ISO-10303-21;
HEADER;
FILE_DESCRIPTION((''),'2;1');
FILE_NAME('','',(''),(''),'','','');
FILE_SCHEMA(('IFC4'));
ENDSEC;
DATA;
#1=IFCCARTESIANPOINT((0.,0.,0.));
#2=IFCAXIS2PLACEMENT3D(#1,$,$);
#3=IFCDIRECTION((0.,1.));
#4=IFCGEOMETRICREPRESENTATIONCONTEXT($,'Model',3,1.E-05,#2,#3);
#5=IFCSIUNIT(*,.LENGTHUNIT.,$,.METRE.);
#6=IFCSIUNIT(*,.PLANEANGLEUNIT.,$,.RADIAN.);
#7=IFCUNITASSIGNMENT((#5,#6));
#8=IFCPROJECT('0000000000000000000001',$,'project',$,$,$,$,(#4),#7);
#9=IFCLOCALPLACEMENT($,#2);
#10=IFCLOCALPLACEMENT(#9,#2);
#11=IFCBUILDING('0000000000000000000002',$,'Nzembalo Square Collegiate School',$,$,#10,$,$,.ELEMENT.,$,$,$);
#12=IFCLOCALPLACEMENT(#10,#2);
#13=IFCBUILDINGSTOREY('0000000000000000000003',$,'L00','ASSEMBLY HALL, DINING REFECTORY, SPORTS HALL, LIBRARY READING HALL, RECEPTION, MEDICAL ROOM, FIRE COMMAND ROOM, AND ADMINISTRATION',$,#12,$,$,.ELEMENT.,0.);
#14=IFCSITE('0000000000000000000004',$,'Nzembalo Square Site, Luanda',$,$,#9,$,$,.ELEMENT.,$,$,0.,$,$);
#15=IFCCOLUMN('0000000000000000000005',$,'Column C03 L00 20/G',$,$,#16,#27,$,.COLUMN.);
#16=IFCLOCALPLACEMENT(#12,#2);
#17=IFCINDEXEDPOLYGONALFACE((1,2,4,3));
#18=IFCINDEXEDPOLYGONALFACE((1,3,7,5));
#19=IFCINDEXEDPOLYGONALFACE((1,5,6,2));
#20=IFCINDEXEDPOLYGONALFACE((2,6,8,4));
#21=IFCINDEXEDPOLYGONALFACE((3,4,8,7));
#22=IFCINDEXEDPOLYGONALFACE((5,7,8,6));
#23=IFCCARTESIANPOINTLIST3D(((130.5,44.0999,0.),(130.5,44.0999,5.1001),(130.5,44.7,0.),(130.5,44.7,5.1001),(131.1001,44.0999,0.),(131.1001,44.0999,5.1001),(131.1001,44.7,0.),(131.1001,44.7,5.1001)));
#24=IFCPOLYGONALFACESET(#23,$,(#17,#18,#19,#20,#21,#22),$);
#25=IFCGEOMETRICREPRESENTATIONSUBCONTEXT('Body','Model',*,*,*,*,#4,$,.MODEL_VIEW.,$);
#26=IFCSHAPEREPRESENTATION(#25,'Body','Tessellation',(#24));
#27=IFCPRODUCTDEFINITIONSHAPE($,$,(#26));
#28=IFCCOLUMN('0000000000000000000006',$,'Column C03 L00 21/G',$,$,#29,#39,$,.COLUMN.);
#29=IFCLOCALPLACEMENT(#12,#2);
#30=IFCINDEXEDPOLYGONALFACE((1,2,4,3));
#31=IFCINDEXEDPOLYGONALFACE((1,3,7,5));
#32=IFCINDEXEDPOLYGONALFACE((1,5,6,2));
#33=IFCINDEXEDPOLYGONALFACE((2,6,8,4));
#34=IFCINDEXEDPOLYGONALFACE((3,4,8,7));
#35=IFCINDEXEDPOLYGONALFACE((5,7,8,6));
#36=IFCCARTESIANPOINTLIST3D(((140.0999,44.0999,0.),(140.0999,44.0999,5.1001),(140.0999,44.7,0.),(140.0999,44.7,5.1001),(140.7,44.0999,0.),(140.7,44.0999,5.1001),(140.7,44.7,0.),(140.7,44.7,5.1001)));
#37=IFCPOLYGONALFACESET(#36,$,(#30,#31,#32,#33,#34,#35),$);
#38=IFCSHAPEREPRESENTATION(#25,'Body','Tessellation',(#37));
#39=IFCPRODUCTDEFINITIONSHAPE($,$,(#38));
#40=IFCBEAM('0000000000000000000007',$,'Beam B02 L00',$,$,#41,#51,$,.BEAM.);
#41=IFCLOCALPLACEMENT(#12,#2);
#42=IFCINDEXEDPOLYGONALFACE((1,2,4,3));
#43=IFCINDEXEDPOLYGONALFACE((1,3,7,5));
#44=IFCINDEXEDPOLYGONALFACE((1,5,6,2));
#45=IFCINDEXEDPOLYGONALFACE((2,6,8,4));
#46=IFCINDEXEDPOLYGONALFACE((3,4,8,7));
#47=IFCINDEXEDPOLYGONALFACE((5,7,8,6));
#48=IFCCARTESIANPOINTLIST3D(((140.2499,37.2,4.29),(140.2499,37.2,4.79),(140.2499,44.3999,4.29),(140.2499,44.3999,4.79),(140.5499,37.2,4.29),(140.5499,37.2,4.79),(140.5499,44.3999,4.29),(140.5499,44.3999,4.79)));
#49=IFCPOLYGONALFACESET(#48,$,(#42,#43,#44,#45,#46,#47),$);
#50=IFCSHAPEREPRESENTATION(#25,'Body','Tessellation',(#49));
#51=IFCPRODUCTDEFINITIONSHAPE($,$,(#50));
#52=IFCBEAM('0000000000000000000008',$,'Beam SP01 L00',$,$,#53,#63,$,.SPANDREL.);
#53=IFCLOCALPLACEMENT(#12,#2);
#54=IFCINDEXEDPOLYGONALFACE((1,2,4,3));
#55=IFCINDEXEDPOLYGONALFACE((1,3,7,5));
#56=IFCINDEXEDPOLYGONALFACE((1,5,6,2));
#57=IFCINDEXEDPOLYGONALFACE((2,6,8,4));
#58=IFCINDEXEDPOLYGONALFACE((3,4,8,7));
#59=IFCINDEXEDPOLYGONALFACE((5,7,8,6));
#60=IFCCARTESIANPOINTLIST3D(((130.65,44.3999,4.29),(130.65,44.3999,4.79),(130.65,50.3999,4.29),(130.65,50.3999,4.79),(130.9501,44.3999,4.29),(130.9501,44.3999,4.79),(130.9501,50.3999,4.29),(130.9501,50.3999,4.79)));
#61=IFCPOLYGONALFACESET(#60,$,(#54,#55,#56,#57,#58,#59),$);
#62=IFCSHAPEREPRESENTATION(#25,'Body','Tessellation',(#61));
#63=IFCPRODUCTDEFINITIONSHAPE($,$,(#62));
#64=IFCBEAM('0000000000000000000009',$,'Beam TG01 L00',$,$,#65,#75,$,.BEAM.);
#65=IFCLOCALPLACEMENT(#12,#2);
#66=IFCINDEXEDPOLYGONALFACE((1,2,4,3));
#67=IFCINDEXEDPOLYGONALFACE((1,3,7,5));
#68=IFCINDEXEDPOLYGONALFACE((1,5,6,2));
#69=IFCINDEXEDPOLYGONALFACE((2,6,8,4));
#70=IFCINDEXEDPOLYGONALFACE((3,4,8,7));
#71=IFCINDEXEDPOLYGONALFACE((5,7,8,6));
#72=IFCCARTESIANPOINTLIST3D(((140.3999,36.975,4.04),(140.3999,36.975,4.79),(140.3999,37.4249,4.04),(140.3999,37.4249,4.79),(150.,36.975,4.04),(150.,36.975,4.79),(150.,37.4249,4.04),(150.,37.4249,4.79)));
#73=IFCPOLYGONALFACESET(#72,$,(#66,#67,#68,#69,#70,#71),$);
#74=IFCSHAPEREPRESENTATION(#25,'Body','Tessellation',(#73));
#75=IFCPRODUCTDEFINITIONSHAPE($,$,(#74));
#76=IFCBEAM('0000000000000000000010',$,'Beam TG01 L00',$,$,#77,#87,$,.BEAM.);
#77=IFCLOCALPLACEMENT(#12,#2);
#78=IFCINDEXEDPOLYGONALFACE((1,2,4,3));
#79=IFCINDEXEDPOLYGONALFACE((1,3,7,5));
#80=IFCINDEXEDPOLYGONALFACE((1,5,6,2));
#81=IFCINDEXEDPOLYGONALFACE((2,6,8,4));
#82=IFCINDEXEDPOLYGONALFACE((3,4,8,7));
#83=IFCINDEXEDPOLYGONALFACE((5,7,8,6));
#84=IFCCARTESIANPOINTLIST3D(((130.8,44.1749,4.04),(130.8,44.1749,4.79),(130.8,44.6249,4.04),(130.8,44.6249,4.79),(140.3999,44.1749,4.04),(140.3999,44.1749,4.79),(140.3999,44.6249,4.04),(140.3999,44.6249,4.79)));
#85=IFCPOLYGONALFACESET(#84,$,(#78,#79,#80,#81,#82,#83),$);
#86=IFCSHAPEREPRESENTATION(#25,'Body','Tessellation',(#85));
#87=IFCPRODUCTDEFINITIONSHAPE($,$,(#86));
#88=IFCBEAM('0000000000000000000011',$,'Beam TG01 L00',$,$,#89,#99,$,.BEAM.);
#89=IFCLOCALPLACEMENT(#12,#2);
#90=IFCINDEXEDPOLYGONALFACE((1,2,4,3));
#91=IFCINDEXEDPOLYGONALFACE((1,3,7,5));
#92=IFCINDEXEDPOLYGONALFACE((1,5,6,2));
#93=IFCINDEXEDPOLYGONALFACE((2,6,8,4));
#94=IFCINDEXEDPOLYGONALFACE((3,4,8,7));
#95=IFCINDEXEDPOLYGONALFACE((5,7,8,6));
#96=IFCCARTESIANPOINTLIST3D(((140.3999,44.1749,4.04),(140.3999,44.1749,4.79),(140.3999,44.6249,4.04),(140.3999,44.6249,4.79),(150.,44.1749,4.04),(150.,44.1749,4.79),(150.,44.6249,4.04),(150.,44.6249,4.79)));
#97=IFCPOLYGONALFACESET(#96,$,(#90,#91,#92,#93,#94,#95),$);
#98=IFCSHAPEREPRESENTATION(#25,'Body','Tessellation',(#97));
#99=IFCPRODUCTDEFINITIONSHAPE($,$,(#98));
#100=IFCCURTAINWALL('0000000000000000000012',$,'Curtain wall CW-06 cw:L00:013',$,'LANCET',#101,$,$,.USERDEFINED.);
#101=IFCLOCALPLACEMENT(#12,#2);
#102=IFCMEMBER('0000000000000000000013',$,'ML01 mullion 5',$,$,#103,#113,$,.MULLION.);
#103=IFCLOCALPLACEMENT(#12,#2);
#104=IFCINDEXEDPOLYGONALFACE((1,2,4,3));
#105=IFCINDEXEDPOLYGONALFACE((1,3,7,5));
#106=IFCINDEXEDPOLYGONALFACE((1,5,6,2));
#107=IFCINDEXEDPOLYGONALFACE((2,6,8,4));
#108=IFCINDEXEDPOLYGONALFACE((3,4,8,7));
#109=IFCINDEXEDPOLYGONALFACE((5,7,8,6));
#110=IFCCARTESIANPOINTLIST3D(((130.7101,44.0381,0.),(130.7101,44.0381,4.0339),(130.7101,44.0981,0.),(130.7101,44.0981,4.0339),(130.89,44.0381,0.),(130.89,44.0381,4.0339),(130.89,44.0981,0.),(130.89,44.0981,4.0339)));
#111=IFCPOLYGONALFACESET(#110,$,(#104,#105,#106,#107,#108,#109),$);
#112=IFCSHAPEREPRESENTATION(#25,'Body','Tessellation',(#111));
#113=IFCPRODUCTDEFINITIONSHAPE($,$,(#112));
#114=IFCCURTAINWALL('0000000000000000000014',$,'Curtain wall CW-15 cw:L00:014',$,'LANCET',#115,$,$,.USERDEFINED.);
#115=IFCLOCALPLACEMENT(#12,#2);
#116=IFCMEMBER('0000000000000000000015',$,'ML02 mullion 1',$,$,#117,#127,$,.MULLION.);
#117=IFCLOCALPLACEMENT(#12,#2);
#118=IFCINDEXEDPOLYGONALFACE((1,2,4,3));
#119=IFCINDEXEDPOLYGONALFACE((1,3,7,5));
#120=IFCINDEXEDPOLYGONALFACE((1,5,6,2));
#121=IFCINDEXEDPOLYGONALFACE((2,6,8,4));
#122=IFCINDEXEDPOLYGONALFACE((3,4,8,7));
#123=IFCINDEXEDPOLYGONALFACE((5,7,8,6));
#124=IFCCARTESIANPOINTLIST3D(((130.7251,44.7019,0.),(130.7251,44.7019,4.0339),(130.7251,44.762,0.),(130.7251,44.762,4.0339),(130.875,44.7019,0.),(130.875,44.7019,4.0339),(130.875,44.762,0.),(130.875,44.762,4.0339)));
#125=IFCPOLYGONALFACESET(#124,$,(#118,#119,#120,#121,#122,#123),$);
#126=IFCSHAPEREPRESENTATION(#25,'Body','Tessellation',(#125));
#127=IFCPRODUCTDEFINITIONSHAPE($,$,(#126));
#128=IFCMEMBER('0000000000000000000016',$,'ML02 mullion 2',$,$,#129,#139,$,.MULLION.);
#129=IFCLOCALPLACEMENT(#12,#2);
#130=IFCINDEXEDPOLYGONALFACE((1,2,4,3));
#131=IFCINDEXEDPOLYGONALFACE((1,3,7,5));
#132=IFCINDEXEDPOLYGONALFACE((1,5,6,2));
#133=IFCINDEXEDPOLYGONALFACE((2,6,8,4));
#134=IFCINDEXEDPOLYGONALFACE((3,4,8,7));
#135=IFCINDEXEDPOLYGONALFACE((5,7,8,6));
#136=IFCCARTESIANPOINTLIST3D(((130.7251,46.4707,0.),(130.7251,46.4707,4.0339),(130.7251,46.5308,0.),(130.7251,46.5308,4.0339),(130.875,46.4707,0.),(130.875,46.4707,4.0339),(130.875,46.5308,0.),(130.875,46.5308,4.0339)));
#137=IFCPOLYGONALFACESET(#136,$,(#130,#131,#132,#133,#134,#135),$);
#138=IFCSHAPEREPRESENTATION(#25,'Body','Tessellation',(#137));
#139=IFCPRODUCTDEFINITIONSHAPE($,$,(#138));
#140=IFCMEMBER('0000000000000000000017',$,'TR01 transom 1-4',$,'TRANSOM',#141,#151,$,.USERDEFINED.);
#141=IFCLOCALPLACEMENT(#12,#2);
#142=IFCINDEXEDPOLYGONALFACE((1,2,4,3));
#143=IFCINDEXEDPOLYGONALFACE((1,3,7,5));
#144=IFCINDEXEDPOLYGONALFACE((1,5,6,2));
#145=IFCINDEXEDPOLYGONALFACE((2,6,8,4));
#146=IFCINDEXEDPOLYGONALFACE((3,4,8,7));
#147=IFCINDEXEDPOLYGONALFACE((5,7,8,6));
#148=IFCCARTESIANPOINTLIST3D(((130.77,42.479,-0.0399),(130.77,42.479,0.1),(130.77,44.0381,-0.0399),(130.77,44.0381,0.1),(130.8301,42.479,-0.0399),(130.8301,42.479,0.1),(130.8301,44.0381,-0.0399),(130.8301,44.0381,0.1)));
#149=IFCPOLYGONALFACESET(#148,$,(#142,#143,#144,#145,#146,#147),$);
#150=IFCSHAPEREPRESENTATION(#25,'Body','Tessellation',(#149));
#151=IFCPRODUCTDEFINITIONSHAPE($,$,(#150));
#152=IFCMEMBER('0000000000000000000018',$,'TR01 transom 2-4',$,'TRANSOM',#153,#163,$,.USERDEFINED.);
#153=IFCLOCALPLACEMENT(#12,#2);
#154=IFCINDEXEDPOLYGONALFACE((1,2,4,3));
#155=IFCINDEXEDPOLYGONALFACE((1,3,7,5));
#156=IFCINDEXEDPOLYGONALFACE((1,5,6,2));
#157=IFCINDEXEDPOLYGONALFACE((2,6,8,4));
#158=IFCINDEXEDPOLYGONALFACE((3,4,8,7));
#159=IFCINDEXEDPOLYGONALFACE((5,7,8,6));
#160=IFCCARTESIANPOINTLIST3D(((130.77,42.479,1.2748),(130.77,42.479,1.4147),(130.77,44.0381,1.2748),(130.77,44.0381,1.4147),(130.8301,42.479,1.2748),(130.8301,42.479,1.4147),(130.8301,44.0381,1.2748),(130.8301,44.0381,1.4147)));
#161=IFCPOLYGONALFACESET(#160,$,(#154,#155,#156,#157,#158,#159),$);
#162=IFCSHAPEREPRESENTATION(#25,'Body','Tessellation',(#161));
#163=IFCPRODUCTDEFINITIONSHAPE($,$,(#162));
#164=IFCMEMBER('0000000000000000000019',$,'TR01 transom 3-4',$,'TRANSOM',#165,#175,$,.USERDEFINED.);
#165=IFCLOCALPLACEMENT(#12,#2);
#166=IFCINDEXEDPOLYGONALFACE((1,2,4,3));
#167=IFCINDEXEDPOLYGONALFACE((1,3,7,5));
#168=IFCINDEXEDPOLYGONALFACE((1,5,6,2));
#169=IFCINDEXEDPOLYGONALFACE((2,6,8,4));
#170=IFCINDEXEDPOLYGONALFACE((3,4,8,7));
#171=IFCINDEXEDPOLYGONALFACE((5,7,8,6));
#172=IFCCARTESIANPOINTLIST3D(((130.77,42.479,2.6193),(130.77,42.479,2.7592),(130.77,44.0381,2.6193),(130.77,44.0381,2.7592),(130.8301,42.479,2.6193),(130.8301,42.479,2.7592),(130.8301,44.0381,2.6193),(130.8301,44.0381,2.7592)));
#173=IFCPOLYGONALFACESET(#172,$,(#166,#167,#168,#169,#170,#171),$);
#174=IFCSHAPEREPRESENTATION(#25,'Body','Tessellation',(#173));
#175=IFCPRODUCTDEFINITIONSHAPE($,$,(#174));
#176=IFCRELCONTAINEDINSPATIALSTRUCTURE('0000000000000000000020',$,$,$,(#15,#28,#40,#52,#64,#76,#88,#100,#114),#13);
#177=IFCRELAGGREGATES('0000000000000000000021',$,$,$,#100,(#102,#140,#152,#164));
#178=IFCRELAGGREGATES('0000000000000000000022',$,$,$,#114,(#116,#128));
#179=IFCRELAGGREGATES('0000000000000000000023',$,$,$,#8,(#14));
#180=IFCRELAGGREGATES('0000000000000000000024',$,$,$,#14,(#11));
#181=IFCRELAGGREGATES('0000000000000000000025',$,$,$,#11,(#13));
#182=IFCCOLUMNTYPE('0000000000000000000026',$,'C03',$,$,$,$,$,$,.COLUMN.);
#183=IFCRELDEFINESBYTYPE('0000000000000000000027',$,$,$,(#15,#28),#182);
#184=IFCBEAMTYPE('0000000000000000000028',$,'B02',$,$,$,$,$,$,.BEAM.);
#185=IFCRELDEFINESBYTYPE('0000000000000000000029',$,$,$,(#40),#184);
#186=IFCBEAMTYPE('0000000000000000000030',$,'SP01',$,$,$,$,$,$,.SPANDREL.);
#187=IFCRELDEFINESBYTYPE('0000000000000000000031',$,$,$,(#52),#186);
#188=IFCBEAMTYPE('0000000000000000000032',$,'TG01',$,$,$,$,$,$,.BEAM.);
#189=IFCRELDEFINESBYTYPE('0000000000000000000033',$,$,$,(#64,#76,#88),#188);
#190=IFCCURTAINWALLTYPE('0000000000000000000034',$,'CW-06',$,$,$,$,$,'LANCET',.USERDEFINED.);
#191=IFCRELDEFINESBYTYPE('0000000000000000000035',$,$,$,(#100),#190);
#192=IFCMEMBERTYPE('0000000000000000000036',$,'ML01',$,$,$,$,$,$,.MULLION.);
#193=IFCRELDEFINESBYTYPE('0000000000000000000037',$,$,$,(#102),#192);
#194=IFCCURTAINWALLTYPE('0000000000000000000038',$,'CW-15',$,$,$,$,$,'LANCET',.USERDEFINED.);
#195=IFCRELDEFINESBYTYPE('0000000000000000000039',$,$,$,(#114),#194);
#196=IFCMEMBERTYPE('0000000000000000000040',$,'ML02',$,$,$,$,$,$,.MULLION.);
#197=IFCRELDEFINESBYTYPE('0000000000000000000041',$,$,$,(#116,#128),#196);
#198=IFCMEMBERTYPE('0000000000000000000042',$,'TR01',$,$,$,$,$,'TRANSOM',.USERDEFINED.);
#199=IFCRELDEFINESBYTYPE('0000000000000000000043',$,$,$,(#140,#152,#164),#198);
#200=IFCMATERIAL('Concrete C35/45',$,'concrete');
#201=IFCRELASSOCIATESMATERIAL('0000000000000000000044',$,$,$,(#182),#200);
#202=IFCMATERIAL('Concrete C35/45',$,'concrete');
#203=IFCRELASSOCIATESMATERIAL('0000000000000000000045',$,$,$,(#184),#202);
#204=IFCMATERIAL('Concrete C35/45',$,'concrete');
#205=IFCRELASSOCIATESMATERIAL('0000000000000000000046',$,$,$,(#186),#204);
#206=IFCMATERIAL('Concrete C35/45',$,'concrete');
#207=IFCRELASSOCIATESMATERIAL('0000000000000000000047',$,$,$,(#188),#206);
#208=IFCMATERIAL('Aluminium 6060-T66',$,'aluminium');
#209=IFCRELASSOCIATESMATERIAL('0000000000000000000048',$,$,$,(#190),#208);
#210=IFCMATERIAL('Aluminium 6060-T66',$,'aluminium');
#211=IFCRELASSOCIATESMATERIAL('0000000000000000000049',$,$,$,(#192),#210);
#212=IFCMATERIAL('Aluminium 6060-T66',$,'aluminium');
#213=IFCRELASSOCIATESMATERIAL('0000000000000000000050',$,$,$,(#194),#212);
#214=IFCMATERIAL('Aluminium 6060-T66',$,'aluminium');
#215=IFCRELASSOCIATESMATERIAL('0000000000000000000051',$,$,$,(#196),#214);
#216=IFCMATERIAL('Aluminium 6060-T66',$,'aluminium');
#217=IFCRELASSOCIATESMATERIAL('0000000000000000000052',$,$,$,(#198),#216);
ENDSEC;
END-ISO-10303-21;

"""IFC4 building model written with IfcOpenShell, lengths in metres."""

from ifc_helpers import new_model, si_unit, direction, frame, origin, origin_2d, place, context, subcontext, project, spatial, rectangle, extrude, material, material_profile, profile_set, type_object, element, aggregate, save


model = new_model("IFC4")

# Units and contexts
model_context = context("Model", 3, precision=1e-05, world=origin(), true_north=direction((0.0, 1.0)))
body_context = subcontext(model_context, "Body", "Model", "MODEL_VIEW")
ifc_project = project(units=[si_unit("LENGTHUNIT", "METRE"), si_unit("PLANEANGLEUNIT", "RADIAN")], contexts=[model_context])

# Site, building, storey
site_placement = place(None, origin())
site = spatial("IfcSite", under=ifc_project, at=site_placement, Name="Nzembalo Square Site, Luanda", CompositionType="ELEMENT", RefElevation=0.0)
building_placement = place(site_placement, origin())
building = spatial("IfcBuilding", under=site, at=building_placement, Name="Nzembalo Square Collegiate School", CompositionType="ELEMENT")
storey_placement = place(building_placement, origin())
storey = spatial("IfcBuildingStorey", under=building, at=storey_placement, Name="L00", Description="ASSEMBLY HALL, DINING REFECTORY, SPORTS HALL, LIBRARY READING HALL, RECEPTION, MEDICAL ROOM, FIRE COMMAND ROOM, AND ADMINISTRATION", CompositionType="ELEMENT", Elevation=0.0)

# Columns
ifc_material_1 = material(Name="Concrete C35/45", Category="concrete")
ifc_material_profile_1 = material_profile(ifc_material_1, rectangle(XDim=0.6001, YDim=0.6001, at=origin_2d()), Name="RC 600x600")
ifc_profile_set_1 = profile_set([ifc_material_profile_1], Name="Concrete C35/45")
column_type = type_object("IfcColumnType", Name="C03", PredefinedType="COLUMN", material=ifc_profile_set_1)
for number, where, z_axis, x_axis, name in (
    (1, (130.8, 44.3999, 0.0), (0.0, 0.0, 1.0), (1.0, 0.0, 0.0), "Column C03 L00 20/G"),
    (2, (140.3999, 44.3999, 0.0), (0.0, 0.0, 1.0), (1.0, 0.0, 0.0), "Column C03 L00 21/G"),
):
    element("IfcColumn", number, at=place(storey_placement, frame(where, z_axis=z_axis, x_axis=x_axis)), inside=storey, type_object=column_type, Name=name, PredefinedType="COLUMN", context=body_context, shape_type="SweptSolid", body=[
        extrude(rectangle(XDim=0.6001, YDim=0.6001, at=origin_2d()), origin(), (0.0, 0.0, 1.0), 5.1001),
    ])

# Beams
ifc_material_2 = material(Name="Concrete C35/45", Category="concrete")
ifc_material_profile_2 = material_profile(ifc_material_2, rectangle(XDim=0.3, YDim=0.5, at=origin_2d()), Name="RC 300x500")
ifc_profile_set_2 = profile_set([ifc_material_profile_2], Name="Concrete C35/45")
beam_type_1 = type_object("IfcBeamType", Name="B02", PredefinedType="BEAM", material=ifc_profile_set_2)
beam_1_placement = place(storey_placement, frame((140.3999, 37.2, 4.54), z_axis=(0.0, 1.0, 0.0), x_axis=(-1.0, 0.0, 0.0)))
element("IfcBeam", 3, at=beam_1_placement, inside=storey, type_object=beam_type_1, Name="Beam B02 L00", PredefinedType="BEAM", context=body_context, shape_type="SweptSolid", body=[
    extrude(rectangle(XDim=0.3, YDim=0.5, at=origin_2d()), origin(), (0.0, 0.0, 1.0), 7.2),
])
ifc_material_3 = material(Name="Concrete C35/45", Category="concrete")
ifc_material_profile_3 = material_profile(ifc_material_3, rectangle(XDim=0.3, YDim=0.5, at=origin_2d()), Name="RC 300x500")
ifc_profile_set_3 = profile_set([ifc_material_profile_3], Name="Concrete C35/45")
beam_type_2 = type_object("IfcBeamType", Name="SP01", PredefinedType="SPANDREL", material=ifc_profile_set_3)
beam_2_placement = place(storey_placement, frame((130.8, 44.3999, 4.54), z_axis=(0.0, 1.0, 0.0), x_axis=(-1.0, 0.0, 0.0)))
element("IfcBeam", 4, at=beam_2_placement, inside=storey, type_object=beam_type_2, Name="Beam SP01 L00", PredefinedType="SPANDREL", context=body_context, shape_type="SweptSolid", body=[
    extrude(rectangle(XDim=0.3, YDim=0.5, at=origin_2d()), origin(), (0.0, 0.0, 1.0), 6.0),
])
ifc_material_4 = material(Name="Concrete C35/45", Category="concrete")
ifc_material_profile_4 = material_profile(ifc_material_4, rectangle(XDim=0.45, YDim=0.75, at=origin_2d()), Name="RC 450x750")
ifc_profile_set_4 = profile_set([ifc_material_profile_4], Name="Concrete C35/45")
beam_type_3 = type_object("IfcBeamType", Name="TG01", PredefinedType="BEAM", material=ifc_profile_set_4)
beam_3_placement = place(storey_placement, frame((140.3999, 37.2, 4.415), z_axis=(1.0, 0.0, 0.0), x_axis=(0.0, 1.0, 0.0)))
element("IfcBeam", 5, at=beam_3_placement, inside=storey, type_object=beam_type_3, Name="Beam TG01 L00", PredefinedType="BEAM", context=body_context, shape_type="SweptSolid", body=[
    extrude(rectangle(XDim=0.45, YDim=0.75, at=origin_2d()), origin(), (0.0, 0.0, 1.0), 9.6001),
])
beam_4_placement = place(storey_placement, frame((130.8, 44.3999, 4.415), z_axis=(1.0, 0.0, 0.0), x_axis=(0.0, 1.0, 0.0)))
element("IfcBeam", 6, at=beam_4_placement, inside=storey, type_object=beam_type_3, Name="Beam TG01 L00", PredefinedType="BEAM", context=body_context, shape_type="SweptSolid", body=[
    extrude(rectangle(XDim=0.45, YDim=0.75, at=origin_2d()), origin(), (0.0, 0.0, 1.0), 9.5999),
])
beam_5_placement = place(storey_placement, frame((140.3999, 44.3999, 4.415), z_axis=(1.0, 0.0, 0.0), x_axis=(0.0, 1.0, 0.0)))
element("IfcBeam", 7, at=beam_5_placement, inside=storey, type_object=beam_type_3, Name="Beam TG01 L00", PredefinedType="BEAM", context=body_context, shape_type="SweptSolid", body=[
    extrude(rectangle(XDim=0.45, YDim=0.75, at=origin_2d()), origin(), (0.0, 0.0, 1.0), 9.6001),
])

# Curtain wall, member
ifc_material_5 = material(Name="Aluminium 6060-T66", Category="aluminium")
curtain_wall_type_1 = type_object("IfcCurtainWallType", Name="CW-06", ElementType="LANCET", PredefinedType="USERDEFINED", material=ifc_material_5)
curtain_wall_1_placement = place(storey_placement, origin())
curtain_wall_1 = element("IfcCurtainWall", 8, at=curtain_wall_1_placement, inside=storey, type_object=curtain_wall_type_1, Name="Curtain wall CW-06 cw:L00:013", ObjectType="LANCET", PredefinedType="USERDEFINED")
ifc_material_6 = material(Name="Aluminium 6060-T66", Category="aluminium")
ifc_material_profile_5 = material_profile(ifc_material_6, rectangle(XDim=0.0601, YDim=0.1799, at=origin_2d()), Name="ALU M60x180")
ifc_profile_set_5 = profile_set([ifc_material_profile_5], Name="Aluminium 6060-T66")
member_type_1 = type_object("IfcMemberType", Name="ML01", PredefinedType="MULLION", material=ifc_profile_set_5)
member_1_placement = place(storey_placement, frame((130.8, 44.0681, 0.0), z_axis=(0.0, 0.0, 1.0), x_axis=(0.0, 1.0, 0.0)))
member_1 = element("IfcMember", 9, at=member_1_placement, type_object=member_type_1, Name="ML01 mullion 5", PredefinedType="MULLION", context=body_context, shape_type="SweptSolid", body=[
    extrude(rectangle(XDim=0.0601, YDim=0.1799, at=origin_2d()), origin(), (0.0, 0.0, 1.0), 4.0339),
])

# Curtain wall, members
ifc_material_7 = material(Name="Aluminium 6060-T66", Category="aluminium")
curtain_wall_type_2 = type_object("IfcCurtainWallType", Name="CW-15", ElementType="LANCET", PredefinedType="USERDEFINED", material=ifc_material_7)
curtain_wall_2_placement = place(storey_placement, origin())
curtain_wall_2 = element("IfcCurtainWall", 10, at=curtain_wall_2_placement, inside=storey, type_object=curtain_wall_type_2, Name="Curtain wall CW-15 cw:L00:014", ObjectType="LANCET", PredefinedType="USERDEFINED")
ifc_material_8 = material(Name="Aluminium 6060-T66", Category="aluminium")
ifc_material_profile_6 = material_profile(ifc_material_8, rectangle(XDim=0.0601, YDim=0.1499, at=origin_2d()), Name="ALU M60x150")
ifc_profile_set_6 = profile_set([ifc_material_profile_6], Name="Aluminium 6060-T66")
member_type_2 = type_object("IfcMemberType", Name="ML02", PredefinedType="MULLION", material=ifc_profile_set_6)
member_2_placement = place(storey_placement, frame((130.8, 44.7319, 0.0), z_axis=(0.0, 0.0, 1.0), x_axis=(0.0, 1.0, 0.0)))
member_2 = element("IfcMember", 11, at=member_2_placement, type_object=member_type_2, Name="ML02 mullion 1", PredefinedType="MULLION", context=body_context, shape_type="SweptSolid", body=[
    extrude(rectangle(XDim=0.0601, YDim=0.1499, at=origin_2d()), origin(), (0.0, 0.0, 1.0), 4.0339),
])
member_3_placement = place(storey_placement, frame((130.8, 46.5007, 0.0), z_axis=(0.0, 0.0, 1.0), x_axis=(0.0, 1.0, 0.0)))
member_3 = element("IfcMember", 12, at=member_3_placement, type_object=member_type_2, Name="ML02 mullion 2", PredefinedType="MULLION", context=body_context, shape_type="SweptSolid", body=[
    extrude(rectangle(XDim=0.0601, YDim=0.1499, at=origin_2d()), origin(), (0.0, 0.0, 1.0), 4.0339),
])

# Members
ifc_material_9 = material(Name="Aluminium 6060-T66", Category="aluminium")
ifc_material_profile_7 = material_profile(ifc_material_9, rectangle(XDim=0.0601, YDim=0.1399, at=origin_2d()), Name="ALU T60x140")
ifc_profile_set_7 = profile_set([ifc_material_profile_7], Name="Aluminium 6060-T66")
member_type_3 = type_object("IfcMemberType", Name="TR01", ElementType="TRANSOM", PredefinedType="USERDEFINED", material=ifc_profile_set_7)
member_4_placement = place(storey_placement, frame((130.8, 42.479, 0.03), z_axis=(0.0, 1.0, 0.0), x_axis=(-1.0, 0.0, 0.0)))
member_4 = element("IfcMember", 13, at=member_4_placement, type_object=member_type_3, Name="TR01 transom 1-4", ObjectType="TRANSOM", PredefinedType="USERDEFINED", context=body_context, shape_type="SweptSolid", body=[
    extrude(rectangle(XDim=0.0601, YDim=0.1399, at=origin_2d()), origin(), (0.0, 0.0, 1.0), 1.5591),
])
member_5_placement = place(storey_placement, frame((130.8, 42.479, 1.3447), z_axis=(0.0, 1.0, 0.0), x_axis=(-1.0, 0.0, 0.0)))
member_5 = element("IfcMember", 14, at=member_5_placement, type_object=member_type_3, Name="TR01 transom 2-4", ObjectType="TRANSOM", PredefinedType="USERDEFINED", context=body_context, shape_type="SweptSolid", body=[
    extrude(rectangle(XDim=0.0601, YDim=0.1399, at=origin_2d()), origin(), (0.0, 0.0, 1.0), 1.5591),
])
member_6_placement = place(storey_placement, frame((130.8, 42.479, 2.6892), z_axis=(0.0, 1.0, 0.0), x_axis=(-1.0, 0.0, 0.0)))
member_6 = element("IfcMember", 15, at=member_6_placement, type_object=member_type_3, Name="TR01 transom 3-4", ObjectType="TRANSOM", PredefinedType="USERDEFINED", context=body_context, shape_type="SweptSolid", body=[
    extrude(rectangle(XDim=0.0601, YDim=0.1399, at=origin_2d()), origin(), (0.0, 0.0, 1.0), 1.5591),
])

aggregate(curtain_wall_1, [member_1, member_4, member_5, member_6])
aggregate(curtain_wall_2, [member_2, member_3])

save(model, "model.ifc")
